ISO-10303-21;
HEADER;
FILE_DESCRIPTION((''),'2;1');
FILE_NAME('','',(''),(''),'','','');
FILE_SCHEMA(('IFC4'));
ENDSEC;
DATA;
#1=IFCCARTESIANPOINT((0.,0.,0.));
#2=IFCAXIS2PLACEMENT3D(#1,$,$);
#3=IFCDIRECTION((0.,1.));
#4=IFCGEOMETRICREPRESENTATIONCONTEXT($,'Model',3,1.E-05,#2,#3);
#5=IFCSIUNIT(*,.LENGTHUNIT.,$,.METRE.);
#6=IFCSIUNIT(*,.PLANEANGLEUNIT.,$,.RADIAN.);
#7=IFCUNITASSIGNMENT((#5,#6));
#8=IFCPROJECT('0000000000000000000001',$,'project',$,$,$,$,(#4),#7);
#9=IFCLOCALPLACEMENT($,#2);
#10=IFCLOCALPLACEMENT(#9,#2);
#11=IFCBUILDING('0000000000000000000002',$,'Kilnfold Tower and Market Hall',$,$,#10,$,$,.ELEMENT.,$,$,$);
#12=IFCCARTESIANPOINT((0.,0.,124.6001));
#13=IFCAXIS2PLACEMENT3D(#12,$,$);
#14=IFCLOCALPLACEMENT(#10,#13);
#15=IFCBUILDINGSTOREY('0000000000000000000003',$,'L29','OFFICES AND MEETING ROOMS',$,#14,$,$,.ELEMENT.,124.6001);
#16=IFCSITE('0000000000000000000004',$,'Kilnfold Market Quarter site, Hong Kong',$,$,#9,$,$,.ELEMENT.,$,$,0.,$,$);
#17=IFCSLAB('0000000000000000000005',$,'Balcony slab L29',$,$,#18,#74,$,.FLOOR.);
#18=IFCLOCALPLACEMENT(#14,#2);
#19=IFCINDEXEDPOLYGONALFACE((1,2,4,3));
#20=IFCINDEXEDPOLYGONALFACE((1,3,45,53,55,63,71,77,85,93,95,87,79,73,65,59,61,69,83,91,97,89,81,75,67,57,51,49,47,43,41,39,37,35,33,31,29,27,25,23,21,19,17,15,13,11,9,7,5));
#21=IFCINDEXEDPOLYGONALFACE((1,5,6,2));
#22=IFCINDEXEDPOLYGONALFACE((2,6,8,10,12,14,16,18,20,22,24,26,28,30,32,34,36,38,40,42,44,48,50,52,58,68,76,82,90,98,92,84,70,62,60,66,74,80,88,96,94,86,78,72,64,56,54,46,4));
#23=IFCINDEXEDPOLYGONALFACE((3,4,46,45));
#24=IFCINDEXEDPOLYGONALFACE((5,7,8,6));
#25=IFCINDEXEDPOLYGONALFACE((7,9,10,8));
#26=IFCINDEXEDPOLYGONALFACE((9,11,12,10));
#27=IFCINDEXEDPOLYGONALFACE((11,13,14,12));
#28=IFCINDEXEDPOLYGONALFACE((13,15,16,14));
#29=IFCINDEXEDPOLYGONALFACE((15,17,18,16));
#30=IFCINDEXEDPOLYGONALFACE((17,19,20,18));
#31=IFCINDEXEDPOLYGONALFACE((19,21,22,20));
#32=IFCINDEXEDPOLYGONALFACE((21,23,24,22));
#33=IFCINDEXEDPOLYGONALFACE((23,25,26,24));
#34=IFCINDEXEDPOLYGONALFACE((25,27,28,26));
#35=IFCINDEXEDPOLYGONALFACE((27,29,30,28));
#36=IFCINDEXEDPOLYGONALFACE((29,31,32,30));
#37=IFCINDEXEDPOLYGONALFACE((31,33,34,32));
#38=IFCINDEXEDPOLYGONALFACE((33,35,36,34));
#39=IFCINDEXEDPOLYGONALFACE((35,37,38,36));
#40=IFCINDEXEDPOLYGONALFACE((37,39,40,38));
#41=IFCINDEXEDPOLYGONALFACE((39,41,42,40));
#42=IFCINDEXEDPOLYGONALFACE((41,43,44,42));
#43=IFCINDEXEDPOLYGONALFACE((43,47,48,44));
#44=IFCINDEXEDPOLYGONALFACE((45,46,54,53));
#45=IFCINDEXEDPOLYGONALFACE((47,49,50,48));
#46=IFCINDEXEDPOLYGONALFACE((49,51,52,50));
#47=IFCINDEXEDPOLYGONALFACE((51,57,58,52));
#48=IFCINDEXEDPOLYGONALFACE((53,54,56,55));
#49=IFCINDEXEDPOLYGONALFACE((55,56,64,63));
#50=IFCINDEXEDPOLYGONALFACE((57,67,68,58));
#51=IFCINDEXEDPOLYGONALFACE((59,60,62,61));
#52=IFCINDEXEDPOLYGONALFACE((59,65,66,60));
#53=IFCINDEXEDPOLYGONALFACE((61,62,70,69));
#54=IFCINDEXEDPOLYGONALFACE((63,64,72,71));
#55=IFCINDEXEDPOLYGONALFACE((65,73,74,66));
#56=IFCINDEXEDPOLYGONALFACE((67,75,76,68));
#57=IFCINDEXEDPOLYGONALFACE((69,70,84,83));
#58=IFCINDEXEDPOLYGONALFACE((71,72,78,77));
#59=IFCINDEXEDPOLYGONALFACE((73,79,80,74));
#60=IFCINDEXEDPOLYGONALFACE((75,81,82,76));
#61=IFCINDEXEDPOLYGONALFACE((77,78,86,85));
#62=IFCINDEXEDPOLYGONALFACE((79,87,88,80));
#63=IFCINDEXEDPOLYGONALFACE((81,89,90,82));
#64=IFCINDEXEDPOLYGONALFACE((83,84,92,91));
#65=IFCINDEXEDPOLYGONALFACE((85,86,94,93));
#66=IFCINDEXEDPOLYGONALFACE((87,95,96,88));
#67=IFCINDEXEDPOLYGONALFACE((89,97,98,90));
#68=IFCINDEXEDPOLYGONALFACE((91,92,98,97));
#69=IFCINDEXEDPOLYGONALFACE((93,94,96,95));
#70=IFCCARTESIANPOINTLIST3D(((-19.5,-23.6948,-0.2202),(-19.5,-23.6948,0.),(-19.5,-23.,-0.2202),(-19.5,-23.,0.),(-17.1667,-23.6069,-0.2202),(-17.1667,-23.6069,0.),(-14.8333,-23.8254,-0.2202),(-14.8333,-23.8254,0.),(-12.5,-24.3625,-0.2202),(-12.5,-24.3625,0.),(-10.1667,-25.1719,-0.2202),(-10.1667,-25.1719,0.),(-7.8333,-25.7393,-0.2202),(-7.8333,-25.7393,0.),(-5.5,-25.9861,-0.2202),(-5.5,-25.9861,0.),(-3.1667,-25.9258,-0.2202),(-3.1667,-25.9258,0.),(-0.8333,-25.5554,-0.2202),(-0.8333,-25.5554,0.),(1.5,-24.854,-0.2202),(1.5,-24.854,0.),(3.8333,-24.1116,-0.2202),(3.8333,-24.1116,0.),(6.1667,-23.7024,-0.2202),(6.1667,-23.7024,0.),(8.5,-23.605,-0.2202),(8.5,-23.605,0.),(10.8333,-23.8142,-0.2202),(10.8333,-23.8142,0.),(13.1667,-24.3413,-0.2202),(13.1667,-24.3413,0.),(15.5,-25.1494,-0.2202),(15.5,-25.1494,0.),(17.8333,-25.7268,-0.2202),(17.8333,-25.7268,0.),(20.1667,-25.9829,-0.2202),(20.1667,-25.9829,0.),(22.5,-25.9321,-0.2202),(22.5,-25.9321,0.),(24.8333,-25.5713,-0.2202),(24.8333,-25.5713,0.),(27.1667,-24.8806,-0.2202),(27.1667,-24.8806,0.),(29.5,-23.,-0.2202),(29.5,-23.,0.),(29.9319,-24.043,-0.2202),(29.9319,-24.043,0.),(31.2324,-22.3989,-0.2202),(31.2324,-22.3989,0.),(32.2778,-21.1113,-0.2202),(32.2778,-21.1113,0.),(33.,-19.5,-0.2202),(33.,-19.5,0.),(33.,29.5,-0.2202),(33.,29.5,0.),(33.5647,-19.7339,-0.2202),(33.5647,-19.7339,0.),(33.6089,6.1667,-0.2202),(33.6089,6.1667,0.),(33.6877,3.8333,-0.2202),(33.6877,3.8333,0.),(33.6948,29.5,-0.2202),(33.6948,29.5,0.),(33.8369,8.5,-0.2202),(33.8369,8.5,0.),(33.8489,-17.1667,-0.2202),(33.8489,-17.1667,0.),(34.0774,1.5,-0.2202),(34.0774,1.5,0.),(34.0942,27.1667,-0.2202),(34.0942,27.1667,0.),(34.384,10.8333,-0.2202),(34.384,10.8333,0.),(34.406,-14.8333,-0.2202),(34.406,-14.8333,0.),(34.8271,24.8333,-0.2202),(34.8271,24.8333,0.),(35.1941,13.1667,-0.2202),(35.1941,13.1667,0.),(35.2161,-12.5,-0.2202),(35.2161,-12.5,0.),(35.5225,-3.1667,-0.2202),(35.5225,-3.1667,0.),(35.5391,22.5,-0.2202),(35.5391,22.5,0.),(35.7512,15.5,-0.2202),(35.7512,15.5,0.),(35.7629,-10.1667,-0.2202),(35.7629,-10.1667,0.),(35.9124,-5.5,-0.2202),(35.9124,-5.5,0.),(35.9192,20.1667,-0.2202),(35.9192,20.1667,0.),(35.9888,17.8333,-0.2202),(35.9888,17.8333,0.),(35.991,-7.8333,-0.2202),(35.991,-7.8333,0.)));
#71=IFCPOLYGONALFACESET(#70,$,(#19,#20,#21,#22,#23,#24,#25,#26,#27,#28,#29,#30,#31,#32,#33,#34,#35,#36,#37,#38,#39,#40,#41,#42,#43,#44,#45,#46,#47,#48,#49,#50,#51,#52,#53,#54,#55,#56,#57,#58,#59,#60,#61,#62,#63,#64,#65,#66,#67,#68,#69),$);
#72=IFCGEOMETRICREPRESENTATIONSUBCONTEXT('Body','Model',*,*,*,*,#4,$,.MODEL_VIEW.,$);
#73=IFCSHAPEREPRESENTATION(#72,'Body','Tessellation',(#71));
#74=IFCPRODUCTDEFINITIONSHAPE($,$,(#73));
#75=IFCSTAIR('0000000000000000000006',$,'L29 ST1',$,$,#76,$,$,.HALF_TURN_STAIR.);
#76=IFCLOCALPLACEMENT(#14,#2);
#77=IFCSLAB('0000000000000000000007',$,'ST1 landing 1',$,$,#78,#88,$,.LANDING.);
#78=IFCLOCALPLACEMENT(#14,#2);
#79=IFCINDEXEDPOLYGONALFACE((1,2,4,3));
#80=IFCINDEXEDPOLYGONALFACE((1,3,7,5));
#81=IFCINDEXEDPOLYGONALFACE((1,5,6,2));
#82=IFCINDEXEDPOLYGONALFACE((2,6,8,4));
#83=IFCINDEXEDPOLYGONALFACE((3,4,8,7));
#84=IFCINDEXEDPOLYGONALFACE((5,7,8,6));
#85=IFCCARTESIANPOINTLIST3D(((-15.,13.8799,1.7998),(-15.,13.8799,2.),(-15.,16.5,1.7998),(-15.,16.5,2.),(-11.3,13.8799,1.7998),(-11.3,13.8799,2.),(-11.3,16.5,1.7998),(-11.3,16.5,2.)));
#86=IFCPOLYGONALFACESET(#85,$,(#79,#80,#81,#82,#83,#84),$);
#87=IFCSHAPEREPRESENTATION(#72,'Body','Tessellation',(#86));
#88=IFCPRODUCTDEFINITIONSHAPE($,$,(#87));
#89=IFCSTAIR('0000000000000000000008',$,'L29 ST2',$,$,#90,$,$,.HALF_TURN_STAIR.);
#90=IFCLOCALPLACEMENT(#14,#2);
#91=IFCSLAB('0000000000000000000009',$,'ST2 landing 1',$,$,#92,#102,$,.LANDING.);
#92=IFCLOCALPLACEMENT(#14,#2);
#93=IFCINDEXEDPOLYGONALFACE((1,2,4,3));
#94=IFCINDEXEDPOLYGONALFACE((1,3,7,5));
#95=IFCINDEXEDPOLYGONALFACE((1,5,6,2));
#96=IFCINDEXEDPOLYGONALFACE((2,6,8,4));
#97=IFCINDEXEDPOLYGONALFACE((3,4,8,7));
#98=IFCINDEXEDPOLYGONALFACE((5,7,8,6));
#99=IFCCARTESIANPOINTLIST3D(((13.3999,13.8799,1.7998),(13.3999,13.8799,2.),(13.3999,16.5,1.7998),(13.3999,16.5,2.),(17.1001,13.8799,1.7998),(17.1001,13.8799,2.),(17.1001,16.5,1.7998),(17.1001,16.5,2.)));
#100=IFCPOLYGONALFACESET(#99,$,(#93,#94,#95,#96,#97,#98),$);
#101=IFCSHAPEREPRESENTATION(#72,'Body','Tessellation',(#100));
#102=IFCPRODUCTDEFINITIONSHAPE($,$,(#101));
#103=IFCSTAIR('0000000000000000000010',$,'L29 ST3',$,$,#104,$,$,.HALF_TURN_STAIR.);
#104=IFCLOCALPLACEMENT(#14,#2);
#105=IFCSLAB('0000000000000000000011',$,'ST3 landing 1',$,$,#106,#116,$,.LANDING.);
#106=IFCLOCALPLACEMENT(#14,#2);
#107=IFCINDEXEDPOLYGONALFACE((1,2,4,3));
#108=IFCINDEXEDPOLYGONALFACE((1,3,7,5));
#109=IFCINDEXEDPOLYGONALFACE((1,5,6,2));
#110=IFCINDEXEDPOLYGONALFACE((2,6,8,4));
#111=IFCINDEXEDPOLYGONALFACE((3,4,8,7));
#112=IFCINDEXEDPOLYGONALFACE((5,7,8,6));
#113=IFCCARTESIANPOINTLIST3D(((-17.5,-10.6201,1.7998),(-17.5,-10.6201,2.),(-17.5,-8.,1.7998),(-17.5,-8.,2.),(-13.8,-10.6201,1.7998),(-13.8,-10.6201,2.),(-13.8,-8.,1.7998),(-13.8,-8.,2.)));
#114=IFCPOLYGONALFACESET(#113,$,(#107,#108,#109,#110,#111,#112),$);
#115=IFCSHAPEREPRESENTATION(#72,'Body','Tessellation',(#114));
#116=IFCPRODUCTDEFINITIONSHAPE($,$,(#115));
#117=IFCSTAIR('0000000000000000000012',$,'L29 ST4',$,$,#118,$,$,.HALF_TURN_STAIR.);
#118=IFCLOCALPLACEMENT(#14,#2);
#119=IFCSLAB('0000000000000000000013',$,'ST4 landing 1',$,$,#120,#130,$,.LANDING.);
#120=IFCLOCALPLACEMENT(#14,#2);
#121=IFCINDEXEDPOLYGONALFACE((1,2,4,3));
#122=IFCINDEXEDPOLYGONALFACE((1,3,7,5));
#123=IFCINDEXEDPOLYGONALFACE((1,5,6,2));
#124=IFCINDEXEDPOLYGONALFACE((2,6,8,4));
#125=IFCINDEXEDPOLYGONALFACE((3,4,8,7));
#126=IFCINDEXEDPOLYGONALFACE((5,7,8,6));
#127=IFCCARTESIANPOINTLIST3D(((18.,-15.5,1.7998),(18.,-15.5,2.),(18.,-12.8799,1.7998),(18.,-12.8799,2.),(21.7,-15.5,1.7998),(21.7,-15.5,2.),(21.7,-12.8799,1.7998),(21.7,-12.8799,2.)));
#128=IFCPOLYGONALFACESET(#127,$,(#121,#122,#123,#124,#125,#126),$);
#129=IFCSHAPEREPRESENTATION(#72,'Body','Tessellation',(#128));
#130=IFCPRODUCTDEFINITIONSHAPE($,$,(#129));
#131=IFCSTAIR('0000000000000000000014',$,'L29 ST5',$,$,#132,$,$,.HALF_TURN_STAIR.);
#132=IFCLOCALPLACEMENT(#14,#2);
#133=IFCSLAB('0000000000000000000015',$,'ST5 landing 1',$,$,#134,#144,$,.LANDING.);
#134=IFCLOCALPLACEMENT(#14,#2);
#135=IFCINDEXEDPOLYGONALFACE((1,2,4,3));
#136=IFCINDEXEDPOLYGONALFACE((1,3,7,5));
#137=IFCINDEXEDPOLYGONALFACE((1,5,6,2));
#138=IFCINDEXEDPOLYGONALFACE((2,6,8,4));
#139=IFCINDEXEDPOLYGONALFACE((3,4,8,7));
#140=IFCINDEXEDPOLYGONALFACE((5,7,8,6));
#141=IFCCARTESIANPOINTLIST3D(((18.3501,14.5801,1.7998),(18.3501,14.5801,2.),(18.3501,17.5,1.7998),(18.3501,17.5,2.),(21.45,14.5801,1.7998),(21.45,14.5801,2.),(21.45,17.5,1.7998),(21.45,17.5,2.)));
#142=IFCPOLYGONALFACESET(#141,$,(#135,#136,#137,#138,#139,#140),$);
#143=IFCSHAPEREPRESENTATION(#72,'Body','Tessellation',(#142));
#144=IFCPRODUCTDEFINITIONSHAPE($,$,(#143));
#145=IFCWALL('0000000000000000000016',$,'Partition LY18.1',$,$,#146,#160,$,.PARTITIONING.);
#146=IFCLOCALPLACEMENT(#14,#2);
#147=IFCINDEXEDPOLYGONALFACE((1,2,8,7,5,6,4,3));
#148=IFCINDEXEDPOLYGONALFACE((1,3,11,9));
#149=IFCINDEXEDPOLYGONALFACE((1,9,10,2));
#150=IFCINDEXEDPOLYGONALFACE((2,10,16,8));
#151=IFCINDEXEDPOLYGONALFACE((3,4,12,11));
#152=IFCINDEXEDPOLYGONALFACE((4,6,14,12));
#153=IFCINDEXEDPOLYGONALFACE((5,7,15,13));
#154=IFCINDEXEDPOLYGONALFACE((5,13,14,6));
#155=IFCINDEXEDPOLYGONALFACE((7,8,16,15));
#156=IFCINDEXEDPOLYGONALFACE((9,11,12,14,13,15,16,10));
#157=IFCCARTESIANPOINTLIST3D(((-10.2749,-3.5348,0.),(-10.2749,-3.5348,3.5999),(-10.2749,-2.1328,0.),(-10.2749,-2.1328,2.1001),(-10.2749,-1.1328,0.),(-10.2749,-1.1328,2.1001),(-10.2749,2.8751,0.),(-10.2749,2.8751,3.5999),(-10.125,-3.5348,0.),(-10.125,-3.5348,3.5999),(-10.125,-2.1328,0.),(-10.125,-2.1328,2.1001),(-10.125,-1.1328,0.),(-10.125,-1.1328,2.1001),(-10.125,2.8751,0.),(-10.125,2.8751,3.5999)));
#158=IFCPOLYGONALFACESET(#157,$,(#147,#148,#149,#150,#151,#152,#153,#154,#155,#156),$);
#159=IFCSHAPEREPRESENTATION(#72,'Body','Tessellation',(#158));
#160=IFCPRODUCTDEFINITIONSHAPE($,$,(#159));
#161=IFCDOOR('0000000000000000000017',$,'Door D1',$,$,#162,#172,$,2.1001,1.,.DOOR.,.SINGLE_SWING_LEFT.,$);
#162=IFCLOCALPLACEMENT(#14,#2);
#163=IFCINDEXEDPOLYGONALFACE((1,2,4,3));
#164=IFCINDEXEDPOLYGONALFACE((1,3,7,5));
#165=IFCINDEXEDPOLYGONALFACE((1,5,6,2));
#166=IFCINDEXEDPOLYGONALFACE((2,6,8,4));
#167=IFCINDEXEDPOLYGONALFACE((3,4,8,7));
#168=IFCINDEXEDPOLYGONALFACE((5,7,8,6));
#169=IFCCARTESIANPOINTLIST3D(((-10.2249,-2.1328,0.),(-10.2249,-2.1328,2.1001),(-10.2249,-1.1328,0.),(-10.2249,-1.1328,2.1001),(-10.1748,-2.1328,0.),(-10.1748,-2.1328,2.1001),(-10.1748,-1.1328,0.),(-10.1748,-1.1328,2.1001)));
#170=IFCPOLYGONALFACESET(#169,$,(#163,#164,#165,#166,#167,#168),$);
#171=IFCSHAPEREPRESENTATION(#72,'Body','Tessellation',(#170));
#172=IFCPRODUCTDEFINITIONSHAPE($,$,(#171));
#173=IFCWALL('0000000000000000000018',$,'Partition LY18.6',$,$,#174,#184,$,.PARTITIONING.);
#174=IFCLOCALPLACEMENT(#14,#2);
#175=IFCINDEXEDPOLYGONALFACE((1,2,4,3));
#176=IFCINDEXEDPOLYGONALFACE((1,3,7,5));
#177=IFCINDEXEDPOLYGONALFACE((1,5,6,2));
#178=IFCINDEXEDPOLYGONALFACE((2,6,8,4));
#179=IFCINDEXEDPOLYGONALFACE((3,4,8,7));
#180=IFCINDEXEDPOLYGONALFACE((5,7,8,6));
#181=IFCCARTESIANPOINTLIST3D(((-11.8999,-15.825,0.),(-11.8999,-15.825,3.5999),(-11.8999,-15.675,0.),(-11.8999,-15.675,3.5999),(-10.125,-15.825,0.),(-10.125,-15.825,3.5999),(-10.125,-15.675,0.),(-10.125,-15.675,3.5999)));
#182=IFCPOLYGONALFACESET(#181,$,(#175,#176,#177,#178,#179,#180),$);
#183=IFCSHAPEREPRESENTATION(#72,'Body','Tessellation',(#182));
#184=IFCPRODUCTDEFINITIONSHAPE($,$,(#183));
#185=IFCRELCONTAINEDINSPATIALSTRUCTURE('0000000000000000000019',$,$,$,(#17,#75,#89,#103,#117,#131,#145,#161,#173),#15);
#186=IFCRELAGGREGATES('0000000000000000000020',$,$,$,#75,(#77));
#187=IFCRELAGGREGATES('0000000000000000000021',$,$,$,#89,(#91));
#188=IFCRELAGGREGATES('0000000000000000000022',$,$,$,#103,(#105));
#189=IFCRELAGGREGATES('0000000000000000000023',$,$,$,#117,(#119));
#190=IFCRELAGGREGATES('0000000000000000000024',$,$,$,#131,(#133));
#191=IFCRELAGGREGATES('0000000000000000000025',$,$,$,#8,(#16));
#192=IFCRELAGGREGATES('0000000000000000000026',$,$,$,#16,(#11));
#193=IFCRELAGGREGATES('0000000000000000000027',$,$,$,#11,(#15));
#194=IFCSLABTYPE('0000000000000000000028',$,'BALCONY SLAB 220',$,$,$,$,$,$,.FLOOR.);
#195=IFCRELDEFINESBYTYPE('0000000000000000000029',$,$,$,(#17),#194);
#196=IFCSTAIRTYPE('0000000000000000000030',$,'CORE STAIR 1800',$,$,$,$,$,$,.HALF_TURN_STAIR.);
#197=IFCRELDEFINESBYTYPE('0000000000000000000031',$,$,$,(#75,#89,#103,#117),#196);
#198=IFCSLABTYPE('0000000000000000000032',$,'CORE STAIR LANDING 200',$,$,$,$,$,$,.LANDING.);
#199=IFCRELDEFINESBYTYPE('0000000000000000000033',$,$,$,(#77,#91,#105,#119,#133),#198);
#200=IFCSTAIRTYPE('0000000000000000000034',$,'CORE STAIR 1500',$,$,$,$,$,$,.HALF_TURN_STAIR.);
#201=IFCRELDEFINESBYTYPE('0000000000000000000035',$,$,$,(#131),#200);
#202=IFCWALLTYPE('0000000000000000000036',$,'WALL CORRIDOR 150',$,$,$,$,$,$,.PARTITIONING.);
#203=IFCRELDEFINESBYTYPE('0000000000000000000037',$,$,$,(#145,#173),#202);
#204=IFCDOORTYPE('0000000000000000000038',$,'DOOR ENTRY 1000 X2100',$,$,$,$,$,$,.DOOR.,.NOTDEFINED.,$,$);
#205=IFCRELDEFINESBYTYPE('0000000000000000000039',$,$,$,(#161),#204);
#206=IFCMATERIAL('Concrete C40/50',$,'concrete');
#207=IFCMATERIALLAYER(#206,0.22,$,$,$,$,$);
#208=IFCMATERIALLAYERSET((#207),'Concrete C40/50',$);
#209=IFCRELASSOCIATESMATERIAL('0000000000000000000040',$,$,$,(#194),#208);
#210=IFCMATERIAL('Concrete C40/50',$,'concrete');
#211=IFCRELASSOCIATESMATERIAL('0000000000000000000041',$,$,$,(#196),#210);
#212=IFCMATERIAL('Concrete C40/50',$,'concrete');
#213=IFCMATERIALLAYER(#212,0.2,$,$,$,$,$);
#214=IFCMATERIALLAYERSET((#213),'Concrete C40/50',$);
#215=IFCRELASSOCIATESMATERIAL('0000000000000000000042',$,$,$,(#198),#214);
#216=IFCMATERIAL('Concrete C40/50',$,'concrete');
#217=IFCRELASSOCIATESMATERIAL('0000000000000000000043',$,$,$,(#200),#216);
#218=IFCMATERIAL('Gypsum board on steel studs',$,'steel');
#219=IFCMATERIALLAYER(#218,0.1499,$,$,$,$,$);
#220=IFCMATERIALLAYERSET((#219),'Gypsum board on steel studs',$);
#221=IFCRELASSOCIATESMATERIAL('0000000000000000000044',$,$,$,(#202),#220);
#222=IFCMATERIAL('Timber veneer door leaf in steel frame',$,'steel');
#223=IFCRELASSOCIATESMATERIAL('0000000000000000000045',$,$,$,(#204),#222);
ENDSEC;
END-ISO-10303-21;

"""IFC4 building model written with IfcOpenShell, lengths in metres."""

from ifc_helpers import new_model, si_unit, direction, frame, frame_2d, origin, place, context, subcontext, project, spatial, polyline, rectangle, outline, extrude, source, transform, mapped, material, layer, layer_set, type_object, element, fill, aggregate, save


model = new_model("IFC4")

# Units and contexts
model_context = context("Model", 3, precision=1e-05, world=origin(), true_north=direction((0.0, 1.0)))
body_context = subcontext(model_context, "Body", "Model", "MODEL_VIEW")
ifc_project = project(units=[si_unit("LENGTHUNIT", "METRE"), si_unit("PLANEANGLEUNIT", "RADIAN")], contexts=[model_context])

# Site, building, storey
site_placement = place(None, origin())
site = spatial("IfcSite", under=ifc_project, at=site_placement, Name="Kilnfold Market Quarter site, Hong Kong", CompositionType="ELEMENT", RefElevation=0.0)
building_placement = place(site_placement, origin())
building = spatial("IfcBuilding", under=site, at=building_placement, Name="Kilnfold Tower and Market Hall", CompositionType="ELEMENT")
storey_placement = place(building_placement, frame((0.0, 0.0, 124.6001)))
storey = spatial("IfcBuildingStorey", under=building, at=storey_placement, Name="L29", Description="OFFICES AND MEETING ROOMS", CompositionType="ELEMENT", Elevation=124.6001)

# Slab
ifc_material_1 = material(Name="Concrete C40/50", Category="concrete")
ifc_layer_1 = layer(ifc_material_1, 0.22)
ifc_layer_set_1 = layer_set([ifc_layer_1], Name="Concrete C40/50")
slab_type_1 = type_object("IfcSlabType", Name="BALCONY SLAB 220", PredefinedType="FLOOR", material=ifc_layer_set_1)
shared_shape_1 = source(origin(), body_context, "Body", "SweptSolid", [
    extrude(outline(polyline([(-19.5, -23.0), (29.5, -23.0), (33.0, -19.5), (33.0, 29.5), (33.6948, 29.5), (34.0942, 27.1667), (34.8271, 24.8333), (35.5391, 22.5), (35.9192, 20.1667), (35.9888, 17.8333), (35.7512, 15.5), (35.1941, 13.1667), (34.384, 10.8333), (33.8369, 8.5), (33.6089, 6.1667), (33.6877, 3.8333), (34.0774, 1.5), (35.5225, -3.1667), (35.9124, -5.5), (35.991, -7.8333), (35.7629, -10.1667), (35.2161, -12.5), (34.406, -14.8333), (33.8489, -17.1667), (33.5647, -19.7339), (32.2778, -21.1113), (31.2324, -22.3989), (29.9319, -24.043), (27.1667, -24.8806), (24.8333, -25.5713), (22.5, -25.9321), (20.1667, -25.9829), (17.8333, -25.7268), (15.5, -25.1494), (13.1667, -24.3413), (10.8333, -23.8142), (8.5, -23.605), (6.1667, -23.7024), (3.8333, -24.1116), (1.5, -24.854), (-0.8333, -25.5554), (-3.1667, -25.9258), (-5.5, -25.9861), (-7.8333, -25.7393), (-10.1667, -25.1719), (-12.5, -24.3625), (-14.8333, -23.8254), (-17.1667, -23.6069), (-19.5, -23.6948), (-19.5, -23.0)])), origin(), (0.0, 0.0, 1.0), 0.2202),
])
slab_1_placement = place(storey_placement, frame((0.0, 0.0, -0.2202)))
element("IfcSlab", 1, at=slab_1_placement, inside=storey, type_object=slab_type_1, Name="Balcony slab L29", PredefinedType="FLOOR", context=body_context, shape_type="MappedRepresentation", body=[
    mapped(shared_shape_1, transform((0.0, 0.0, 0.0))),
])

# Stairs, slabs
ifc_material_2 = material(Name="Concrete C40/50", Category="concrete")
stair_type_1 = type_object("IfcStairType", Name="CORE STAIR 1800", PredefinedType="HALF_TURN_STAIR", material=ifc_material_2)
stair_1_placement = place(storey_placement, origin())
stair_1 = element("IfcStair", 2, at=stair_1_placement, inside=storey, type_object=stair_type_1, Name="L29 ST1", PredefinedType="HALF_TURN_STAIR")
ifc_material_3 = material(Name="Concrete C40/50", Category="concrete")
ifc_layer_2 = layer(ifc_material_3, 0.2)
ifc_layer_set_2 = layer_set([ifc_layer_2], Name="Concrete C40/50")
slab_type_2 = type_object("IfcSlabType", Name="CORE STAIR LANDING 200", PredefinedType="LANDING", material=ifc_layer_set_2)
shared_shape_2 = source(origin(), body_context, "Body", "SweptSolid", [
    extrude(outline(polyline([(-11.3, 13.8799), (-11.3, 16.5), (-15.0, 16.5), (-15.0, 13.8799), (-11.3, 13.8799)])), origin(), (0.0, 0.0, 1.0), 0.2002),
])
slab_2_placement = place(storey_placement, frame((0.0, 0.0, 1.7998)))
slab_2 = element("IfcSlab", 3, at=slab_2_placement, type_object=slab_type_2, Name="ST1 landing 1", PredefinedType="LANDING", context=body_context, shape_type="MappedRepresentation", body=[
    mapped(shared_shape_2, transform((0.0, 0.0, 0.0))),
])
aggregate(stair_1, [slab_2])
stair_2_placement = place(storey_placement, origin())
stair_2 = element("IfcStair", 4, at=stair_2_placement, inside=storey, type_object=stair_type_1, Name="L29 ST2", PredefinedType="HALF_TURN_STAIR")
shared_shape_3 = source(origin(), body_context, "Body", "SweptSolid", [
    extrude(outline(polyline([(17.1001, 13.8799), (17.1001, 16.5), (13.3999, 16.5), (13.3999, 13.8799), (17.1001, 13.8799)])), origin(), (0.0, 0.0, 1.0), 0.2002),
])
slab_3_placement = place(storey_placement, frame((0.0, 0.0, 1.7998)))
slab_3 = element("IfcSlab", 5, at=slab_3_placement, type_object=slab_type_2, Name="ST2 landing 1", PredefinedType="LANDING", context=body_context, shape_type="MappedRepresentation", body=[
    mapped(shared_shape_3, transform((0.0, 0.0, 0.0))),
])
aggregate(stair_2, [slab_3])
stair_3_placement = place(storey_placement, origin())
stair_3 = element("IfcStair", 6, at=stair_3_placement, inside=storey, type_object=stair_type_1, Name="L29 ST3", PredefinedType="HALF_TURN_STAIR")
shared_shape_4 = source(origin(), body_context, "Body", "SweptSolid", [
    extrude(outline(polyline([(-13.8, -10.6201), (-13.8, -8.0), (-17.5, -8.0), (-17.5, -10.6201), (-13.8, -10.6201)])), origin(), (0.0, 0.0, 1.0), 0.2002),
])
slab_4_placement = place(storey_placement, frame((0.0, 0.0, 1.7998)))
slab_4 = element("IfcSlab", 7, at=slab_4_placement, type_object=slab_type_2, Name="ST3 landing 1", PredefinedType="LANDING", context=body_context, shape_type="MappedRepresentation", body=[
    mapped(shared_shape_4, transform((0.0, 0.0, 0.0))),
])
aggregate(stair_3, [slab_4])
stair_4_placement = place(storey_placement, origin())
stair_4 = element("IfcStair", 8, at=stair_4_placement, inside=storey, type_object=stair_type_1, Name="L29 ST4", PredefinedType="HALF_TURN_STAIR")
shared_shape_5 = source(origin(), body_context, "Body", "SweptSolid", [
    extrude(outline(polyline([(18.0, -12.8799), (18.0, -15.5), (21.7, -15.5), (21.7, -12.8799), (18.0, -12.8799)])), origin(), (0.0, 0.0, 1.0), 0.2002),
])
slab_5_placement = place(storey_placement, frame((0.0, 0.0, 1.7998)))
slab_5 = element("IfcSlab", 9, at=slab_5_placement, type_object=slab_type_2, Name="ST4 landing 1", PredefinedType="LANDING", context=body_context, shape_type="MappedRepresentation", body=[
    mapped(shared_shape_5, transform((0.0, 0.0, 0.0))),
])
aggregate(stair_4, [slab_5])
ifc_material_4 = material(Name="Concrete C40/50", Category="concrete")
stair_type_2 = type_object("IfcStairType", Name="CORE STAIR 1500", PredefinedType="HALF_TURN_STAIR", material=ifc_material_4)
stair_5_placement = place(storey_placement, origin())
stair_5 = element("IfcStair", 10, at=stair_5_placement, inside=storey, type_object=stair_type_2, Name="L29 ST5", PredefinedType="HALF_TURN_STAIR")
shared_shape_6 = source(origin(), body_context, "Body", "SweptSolid", [
    extrude(outline(polyline([(21.45, 14.5801), (21.45, 17.5), (18.3501, 17.5), (18.3501, 14.5801), (21.45, 14.5801)])), origin(), (0.0, 0.0, 1.0), 0.2002),
])
slab_6_placement = place(storey_placement, frame((0.0, 0.0, 1.7998)))
slab_6 = element("IfcSlab", 11, at=slab_6_placement, type_object=slab_type_2, Name="ST5 landing 1", PredefinedType="LANDING", context=body_context, shape_type="MappedRepresentation", body=[
    mapped(shared_shape_6, transform((0.0, 0.0, 0.0))),
])
aggregate(stair_5, [slab_6])

# Wall, opening, door
ifc_material_5 = material(Name="Gypsum board on steel studs", Category="steel")
ifc_layer_3 = layer(ifc_material_5, 0.1499)
ifc_layer_set_3 = layer_set([ifc_layer_3], Name="Gypsum board on steel studs")
wall_type_1 = type_object("IfcWallType", Name="WALL CORRIDOR 150", PredefinedType="PARTITIONING", material=ifc_layer_set_3)
wall_1_placement = place(storey_placement, frame((-10.2, -3.5349, 0.0), z_axis=(0.0, 0.0, 1.0), x_axis=(0.0, 1.0, 0.0)))
wall_1 = element("IfcWall", 12, at=wall_1_placement, inside=storey, type_object=wall_type_1, Name="Partition LY18.1", PredefinedType="PARTITIONING", context=body_context, shape_type="SweptSolid", body=[
    extrude(rectangle(XDim=6.4099, YDim=0.1499, at=frame_2d((3.2051, 0.0))), origin(), (0.0, 0.0, 1.0), 3.5999),
])
opening_1_placement = place(wall_1_placement, frame((1.4021, 0.0, 0.0)))
opening_1 = element("IfcOpeningElement", 13, at=opening_1_placement, cuts=wall_1, PredefinedType="OPENING", context=body_context, shape_type="SweptSolid", body=[
    extrude(rectangle(XDim=1.0, YDim=2.1001, at=frame_2d((0.5, 1.05))), frame((0.0, 0.085, 0.0), z_axis=(0.0, -1.0, 0.0), x_axis=(1.0, 0.0, 0.0)), (0.0, 0.0, 1.0), 0.1699),
])
ifc_material_6 = material(Name="Timber veneer door leaf in steel frame", Category="steel")
door_type_1 = type_object("IfcDoorType", Name="DOOR ENTRY 1000 X2100", OperationType="NOTDEFINED", PredefinedType="DOOR", material=ifc_material_6)
door_1_placement = place(opening_1_placement, origin())
door_1 = element("IfcDoor", 14, at=door_1_placement, inside=storey, type_object=door_type_1, Name="Door D1", OperationType="SINGLE_SWING_LEFT", OverallHeight=2.1001, OverallWidth=1.0, PredefinedType="DOOR", context=body_context, shape_type="SweptSolid", body=[
    extrude(rectangle(XDim=1.0, YDim=2.1001, at=frame_2d((0.5, 1.05))), frame((0.0, 0.0249, 0.0), z_axis=(0.0, -1.0, 0.0), x_axis=(1.0, 0.0, 0.0)), (0.0, 0.0, 1.0), 0.05),
])
fill(opening_1, door_1)

# Wall
wall_2_placement = place(storey_placement, frame((-10.125, -15.75, 0.0), z_axis=(0.0, 0.0, 1.0), x_axis=(-1.0, 0.0, 0.0)))
element("IfcWall", 15, at=wall_2_placement, inside=storey, type_object=wall_type_1, Name="Partition LY18.6", PredefinedType="PARTITIONING", context=body_context, shape_type="SweptSolid", body=[
    extrude(rectangle(XDim=1.7749, YDim=0.1499, at=frame_2d((0.8875, 0.0))), origin(), (0.0, 0.0, 1.0), 3.5999),
])

save(model, "model.ifc")
